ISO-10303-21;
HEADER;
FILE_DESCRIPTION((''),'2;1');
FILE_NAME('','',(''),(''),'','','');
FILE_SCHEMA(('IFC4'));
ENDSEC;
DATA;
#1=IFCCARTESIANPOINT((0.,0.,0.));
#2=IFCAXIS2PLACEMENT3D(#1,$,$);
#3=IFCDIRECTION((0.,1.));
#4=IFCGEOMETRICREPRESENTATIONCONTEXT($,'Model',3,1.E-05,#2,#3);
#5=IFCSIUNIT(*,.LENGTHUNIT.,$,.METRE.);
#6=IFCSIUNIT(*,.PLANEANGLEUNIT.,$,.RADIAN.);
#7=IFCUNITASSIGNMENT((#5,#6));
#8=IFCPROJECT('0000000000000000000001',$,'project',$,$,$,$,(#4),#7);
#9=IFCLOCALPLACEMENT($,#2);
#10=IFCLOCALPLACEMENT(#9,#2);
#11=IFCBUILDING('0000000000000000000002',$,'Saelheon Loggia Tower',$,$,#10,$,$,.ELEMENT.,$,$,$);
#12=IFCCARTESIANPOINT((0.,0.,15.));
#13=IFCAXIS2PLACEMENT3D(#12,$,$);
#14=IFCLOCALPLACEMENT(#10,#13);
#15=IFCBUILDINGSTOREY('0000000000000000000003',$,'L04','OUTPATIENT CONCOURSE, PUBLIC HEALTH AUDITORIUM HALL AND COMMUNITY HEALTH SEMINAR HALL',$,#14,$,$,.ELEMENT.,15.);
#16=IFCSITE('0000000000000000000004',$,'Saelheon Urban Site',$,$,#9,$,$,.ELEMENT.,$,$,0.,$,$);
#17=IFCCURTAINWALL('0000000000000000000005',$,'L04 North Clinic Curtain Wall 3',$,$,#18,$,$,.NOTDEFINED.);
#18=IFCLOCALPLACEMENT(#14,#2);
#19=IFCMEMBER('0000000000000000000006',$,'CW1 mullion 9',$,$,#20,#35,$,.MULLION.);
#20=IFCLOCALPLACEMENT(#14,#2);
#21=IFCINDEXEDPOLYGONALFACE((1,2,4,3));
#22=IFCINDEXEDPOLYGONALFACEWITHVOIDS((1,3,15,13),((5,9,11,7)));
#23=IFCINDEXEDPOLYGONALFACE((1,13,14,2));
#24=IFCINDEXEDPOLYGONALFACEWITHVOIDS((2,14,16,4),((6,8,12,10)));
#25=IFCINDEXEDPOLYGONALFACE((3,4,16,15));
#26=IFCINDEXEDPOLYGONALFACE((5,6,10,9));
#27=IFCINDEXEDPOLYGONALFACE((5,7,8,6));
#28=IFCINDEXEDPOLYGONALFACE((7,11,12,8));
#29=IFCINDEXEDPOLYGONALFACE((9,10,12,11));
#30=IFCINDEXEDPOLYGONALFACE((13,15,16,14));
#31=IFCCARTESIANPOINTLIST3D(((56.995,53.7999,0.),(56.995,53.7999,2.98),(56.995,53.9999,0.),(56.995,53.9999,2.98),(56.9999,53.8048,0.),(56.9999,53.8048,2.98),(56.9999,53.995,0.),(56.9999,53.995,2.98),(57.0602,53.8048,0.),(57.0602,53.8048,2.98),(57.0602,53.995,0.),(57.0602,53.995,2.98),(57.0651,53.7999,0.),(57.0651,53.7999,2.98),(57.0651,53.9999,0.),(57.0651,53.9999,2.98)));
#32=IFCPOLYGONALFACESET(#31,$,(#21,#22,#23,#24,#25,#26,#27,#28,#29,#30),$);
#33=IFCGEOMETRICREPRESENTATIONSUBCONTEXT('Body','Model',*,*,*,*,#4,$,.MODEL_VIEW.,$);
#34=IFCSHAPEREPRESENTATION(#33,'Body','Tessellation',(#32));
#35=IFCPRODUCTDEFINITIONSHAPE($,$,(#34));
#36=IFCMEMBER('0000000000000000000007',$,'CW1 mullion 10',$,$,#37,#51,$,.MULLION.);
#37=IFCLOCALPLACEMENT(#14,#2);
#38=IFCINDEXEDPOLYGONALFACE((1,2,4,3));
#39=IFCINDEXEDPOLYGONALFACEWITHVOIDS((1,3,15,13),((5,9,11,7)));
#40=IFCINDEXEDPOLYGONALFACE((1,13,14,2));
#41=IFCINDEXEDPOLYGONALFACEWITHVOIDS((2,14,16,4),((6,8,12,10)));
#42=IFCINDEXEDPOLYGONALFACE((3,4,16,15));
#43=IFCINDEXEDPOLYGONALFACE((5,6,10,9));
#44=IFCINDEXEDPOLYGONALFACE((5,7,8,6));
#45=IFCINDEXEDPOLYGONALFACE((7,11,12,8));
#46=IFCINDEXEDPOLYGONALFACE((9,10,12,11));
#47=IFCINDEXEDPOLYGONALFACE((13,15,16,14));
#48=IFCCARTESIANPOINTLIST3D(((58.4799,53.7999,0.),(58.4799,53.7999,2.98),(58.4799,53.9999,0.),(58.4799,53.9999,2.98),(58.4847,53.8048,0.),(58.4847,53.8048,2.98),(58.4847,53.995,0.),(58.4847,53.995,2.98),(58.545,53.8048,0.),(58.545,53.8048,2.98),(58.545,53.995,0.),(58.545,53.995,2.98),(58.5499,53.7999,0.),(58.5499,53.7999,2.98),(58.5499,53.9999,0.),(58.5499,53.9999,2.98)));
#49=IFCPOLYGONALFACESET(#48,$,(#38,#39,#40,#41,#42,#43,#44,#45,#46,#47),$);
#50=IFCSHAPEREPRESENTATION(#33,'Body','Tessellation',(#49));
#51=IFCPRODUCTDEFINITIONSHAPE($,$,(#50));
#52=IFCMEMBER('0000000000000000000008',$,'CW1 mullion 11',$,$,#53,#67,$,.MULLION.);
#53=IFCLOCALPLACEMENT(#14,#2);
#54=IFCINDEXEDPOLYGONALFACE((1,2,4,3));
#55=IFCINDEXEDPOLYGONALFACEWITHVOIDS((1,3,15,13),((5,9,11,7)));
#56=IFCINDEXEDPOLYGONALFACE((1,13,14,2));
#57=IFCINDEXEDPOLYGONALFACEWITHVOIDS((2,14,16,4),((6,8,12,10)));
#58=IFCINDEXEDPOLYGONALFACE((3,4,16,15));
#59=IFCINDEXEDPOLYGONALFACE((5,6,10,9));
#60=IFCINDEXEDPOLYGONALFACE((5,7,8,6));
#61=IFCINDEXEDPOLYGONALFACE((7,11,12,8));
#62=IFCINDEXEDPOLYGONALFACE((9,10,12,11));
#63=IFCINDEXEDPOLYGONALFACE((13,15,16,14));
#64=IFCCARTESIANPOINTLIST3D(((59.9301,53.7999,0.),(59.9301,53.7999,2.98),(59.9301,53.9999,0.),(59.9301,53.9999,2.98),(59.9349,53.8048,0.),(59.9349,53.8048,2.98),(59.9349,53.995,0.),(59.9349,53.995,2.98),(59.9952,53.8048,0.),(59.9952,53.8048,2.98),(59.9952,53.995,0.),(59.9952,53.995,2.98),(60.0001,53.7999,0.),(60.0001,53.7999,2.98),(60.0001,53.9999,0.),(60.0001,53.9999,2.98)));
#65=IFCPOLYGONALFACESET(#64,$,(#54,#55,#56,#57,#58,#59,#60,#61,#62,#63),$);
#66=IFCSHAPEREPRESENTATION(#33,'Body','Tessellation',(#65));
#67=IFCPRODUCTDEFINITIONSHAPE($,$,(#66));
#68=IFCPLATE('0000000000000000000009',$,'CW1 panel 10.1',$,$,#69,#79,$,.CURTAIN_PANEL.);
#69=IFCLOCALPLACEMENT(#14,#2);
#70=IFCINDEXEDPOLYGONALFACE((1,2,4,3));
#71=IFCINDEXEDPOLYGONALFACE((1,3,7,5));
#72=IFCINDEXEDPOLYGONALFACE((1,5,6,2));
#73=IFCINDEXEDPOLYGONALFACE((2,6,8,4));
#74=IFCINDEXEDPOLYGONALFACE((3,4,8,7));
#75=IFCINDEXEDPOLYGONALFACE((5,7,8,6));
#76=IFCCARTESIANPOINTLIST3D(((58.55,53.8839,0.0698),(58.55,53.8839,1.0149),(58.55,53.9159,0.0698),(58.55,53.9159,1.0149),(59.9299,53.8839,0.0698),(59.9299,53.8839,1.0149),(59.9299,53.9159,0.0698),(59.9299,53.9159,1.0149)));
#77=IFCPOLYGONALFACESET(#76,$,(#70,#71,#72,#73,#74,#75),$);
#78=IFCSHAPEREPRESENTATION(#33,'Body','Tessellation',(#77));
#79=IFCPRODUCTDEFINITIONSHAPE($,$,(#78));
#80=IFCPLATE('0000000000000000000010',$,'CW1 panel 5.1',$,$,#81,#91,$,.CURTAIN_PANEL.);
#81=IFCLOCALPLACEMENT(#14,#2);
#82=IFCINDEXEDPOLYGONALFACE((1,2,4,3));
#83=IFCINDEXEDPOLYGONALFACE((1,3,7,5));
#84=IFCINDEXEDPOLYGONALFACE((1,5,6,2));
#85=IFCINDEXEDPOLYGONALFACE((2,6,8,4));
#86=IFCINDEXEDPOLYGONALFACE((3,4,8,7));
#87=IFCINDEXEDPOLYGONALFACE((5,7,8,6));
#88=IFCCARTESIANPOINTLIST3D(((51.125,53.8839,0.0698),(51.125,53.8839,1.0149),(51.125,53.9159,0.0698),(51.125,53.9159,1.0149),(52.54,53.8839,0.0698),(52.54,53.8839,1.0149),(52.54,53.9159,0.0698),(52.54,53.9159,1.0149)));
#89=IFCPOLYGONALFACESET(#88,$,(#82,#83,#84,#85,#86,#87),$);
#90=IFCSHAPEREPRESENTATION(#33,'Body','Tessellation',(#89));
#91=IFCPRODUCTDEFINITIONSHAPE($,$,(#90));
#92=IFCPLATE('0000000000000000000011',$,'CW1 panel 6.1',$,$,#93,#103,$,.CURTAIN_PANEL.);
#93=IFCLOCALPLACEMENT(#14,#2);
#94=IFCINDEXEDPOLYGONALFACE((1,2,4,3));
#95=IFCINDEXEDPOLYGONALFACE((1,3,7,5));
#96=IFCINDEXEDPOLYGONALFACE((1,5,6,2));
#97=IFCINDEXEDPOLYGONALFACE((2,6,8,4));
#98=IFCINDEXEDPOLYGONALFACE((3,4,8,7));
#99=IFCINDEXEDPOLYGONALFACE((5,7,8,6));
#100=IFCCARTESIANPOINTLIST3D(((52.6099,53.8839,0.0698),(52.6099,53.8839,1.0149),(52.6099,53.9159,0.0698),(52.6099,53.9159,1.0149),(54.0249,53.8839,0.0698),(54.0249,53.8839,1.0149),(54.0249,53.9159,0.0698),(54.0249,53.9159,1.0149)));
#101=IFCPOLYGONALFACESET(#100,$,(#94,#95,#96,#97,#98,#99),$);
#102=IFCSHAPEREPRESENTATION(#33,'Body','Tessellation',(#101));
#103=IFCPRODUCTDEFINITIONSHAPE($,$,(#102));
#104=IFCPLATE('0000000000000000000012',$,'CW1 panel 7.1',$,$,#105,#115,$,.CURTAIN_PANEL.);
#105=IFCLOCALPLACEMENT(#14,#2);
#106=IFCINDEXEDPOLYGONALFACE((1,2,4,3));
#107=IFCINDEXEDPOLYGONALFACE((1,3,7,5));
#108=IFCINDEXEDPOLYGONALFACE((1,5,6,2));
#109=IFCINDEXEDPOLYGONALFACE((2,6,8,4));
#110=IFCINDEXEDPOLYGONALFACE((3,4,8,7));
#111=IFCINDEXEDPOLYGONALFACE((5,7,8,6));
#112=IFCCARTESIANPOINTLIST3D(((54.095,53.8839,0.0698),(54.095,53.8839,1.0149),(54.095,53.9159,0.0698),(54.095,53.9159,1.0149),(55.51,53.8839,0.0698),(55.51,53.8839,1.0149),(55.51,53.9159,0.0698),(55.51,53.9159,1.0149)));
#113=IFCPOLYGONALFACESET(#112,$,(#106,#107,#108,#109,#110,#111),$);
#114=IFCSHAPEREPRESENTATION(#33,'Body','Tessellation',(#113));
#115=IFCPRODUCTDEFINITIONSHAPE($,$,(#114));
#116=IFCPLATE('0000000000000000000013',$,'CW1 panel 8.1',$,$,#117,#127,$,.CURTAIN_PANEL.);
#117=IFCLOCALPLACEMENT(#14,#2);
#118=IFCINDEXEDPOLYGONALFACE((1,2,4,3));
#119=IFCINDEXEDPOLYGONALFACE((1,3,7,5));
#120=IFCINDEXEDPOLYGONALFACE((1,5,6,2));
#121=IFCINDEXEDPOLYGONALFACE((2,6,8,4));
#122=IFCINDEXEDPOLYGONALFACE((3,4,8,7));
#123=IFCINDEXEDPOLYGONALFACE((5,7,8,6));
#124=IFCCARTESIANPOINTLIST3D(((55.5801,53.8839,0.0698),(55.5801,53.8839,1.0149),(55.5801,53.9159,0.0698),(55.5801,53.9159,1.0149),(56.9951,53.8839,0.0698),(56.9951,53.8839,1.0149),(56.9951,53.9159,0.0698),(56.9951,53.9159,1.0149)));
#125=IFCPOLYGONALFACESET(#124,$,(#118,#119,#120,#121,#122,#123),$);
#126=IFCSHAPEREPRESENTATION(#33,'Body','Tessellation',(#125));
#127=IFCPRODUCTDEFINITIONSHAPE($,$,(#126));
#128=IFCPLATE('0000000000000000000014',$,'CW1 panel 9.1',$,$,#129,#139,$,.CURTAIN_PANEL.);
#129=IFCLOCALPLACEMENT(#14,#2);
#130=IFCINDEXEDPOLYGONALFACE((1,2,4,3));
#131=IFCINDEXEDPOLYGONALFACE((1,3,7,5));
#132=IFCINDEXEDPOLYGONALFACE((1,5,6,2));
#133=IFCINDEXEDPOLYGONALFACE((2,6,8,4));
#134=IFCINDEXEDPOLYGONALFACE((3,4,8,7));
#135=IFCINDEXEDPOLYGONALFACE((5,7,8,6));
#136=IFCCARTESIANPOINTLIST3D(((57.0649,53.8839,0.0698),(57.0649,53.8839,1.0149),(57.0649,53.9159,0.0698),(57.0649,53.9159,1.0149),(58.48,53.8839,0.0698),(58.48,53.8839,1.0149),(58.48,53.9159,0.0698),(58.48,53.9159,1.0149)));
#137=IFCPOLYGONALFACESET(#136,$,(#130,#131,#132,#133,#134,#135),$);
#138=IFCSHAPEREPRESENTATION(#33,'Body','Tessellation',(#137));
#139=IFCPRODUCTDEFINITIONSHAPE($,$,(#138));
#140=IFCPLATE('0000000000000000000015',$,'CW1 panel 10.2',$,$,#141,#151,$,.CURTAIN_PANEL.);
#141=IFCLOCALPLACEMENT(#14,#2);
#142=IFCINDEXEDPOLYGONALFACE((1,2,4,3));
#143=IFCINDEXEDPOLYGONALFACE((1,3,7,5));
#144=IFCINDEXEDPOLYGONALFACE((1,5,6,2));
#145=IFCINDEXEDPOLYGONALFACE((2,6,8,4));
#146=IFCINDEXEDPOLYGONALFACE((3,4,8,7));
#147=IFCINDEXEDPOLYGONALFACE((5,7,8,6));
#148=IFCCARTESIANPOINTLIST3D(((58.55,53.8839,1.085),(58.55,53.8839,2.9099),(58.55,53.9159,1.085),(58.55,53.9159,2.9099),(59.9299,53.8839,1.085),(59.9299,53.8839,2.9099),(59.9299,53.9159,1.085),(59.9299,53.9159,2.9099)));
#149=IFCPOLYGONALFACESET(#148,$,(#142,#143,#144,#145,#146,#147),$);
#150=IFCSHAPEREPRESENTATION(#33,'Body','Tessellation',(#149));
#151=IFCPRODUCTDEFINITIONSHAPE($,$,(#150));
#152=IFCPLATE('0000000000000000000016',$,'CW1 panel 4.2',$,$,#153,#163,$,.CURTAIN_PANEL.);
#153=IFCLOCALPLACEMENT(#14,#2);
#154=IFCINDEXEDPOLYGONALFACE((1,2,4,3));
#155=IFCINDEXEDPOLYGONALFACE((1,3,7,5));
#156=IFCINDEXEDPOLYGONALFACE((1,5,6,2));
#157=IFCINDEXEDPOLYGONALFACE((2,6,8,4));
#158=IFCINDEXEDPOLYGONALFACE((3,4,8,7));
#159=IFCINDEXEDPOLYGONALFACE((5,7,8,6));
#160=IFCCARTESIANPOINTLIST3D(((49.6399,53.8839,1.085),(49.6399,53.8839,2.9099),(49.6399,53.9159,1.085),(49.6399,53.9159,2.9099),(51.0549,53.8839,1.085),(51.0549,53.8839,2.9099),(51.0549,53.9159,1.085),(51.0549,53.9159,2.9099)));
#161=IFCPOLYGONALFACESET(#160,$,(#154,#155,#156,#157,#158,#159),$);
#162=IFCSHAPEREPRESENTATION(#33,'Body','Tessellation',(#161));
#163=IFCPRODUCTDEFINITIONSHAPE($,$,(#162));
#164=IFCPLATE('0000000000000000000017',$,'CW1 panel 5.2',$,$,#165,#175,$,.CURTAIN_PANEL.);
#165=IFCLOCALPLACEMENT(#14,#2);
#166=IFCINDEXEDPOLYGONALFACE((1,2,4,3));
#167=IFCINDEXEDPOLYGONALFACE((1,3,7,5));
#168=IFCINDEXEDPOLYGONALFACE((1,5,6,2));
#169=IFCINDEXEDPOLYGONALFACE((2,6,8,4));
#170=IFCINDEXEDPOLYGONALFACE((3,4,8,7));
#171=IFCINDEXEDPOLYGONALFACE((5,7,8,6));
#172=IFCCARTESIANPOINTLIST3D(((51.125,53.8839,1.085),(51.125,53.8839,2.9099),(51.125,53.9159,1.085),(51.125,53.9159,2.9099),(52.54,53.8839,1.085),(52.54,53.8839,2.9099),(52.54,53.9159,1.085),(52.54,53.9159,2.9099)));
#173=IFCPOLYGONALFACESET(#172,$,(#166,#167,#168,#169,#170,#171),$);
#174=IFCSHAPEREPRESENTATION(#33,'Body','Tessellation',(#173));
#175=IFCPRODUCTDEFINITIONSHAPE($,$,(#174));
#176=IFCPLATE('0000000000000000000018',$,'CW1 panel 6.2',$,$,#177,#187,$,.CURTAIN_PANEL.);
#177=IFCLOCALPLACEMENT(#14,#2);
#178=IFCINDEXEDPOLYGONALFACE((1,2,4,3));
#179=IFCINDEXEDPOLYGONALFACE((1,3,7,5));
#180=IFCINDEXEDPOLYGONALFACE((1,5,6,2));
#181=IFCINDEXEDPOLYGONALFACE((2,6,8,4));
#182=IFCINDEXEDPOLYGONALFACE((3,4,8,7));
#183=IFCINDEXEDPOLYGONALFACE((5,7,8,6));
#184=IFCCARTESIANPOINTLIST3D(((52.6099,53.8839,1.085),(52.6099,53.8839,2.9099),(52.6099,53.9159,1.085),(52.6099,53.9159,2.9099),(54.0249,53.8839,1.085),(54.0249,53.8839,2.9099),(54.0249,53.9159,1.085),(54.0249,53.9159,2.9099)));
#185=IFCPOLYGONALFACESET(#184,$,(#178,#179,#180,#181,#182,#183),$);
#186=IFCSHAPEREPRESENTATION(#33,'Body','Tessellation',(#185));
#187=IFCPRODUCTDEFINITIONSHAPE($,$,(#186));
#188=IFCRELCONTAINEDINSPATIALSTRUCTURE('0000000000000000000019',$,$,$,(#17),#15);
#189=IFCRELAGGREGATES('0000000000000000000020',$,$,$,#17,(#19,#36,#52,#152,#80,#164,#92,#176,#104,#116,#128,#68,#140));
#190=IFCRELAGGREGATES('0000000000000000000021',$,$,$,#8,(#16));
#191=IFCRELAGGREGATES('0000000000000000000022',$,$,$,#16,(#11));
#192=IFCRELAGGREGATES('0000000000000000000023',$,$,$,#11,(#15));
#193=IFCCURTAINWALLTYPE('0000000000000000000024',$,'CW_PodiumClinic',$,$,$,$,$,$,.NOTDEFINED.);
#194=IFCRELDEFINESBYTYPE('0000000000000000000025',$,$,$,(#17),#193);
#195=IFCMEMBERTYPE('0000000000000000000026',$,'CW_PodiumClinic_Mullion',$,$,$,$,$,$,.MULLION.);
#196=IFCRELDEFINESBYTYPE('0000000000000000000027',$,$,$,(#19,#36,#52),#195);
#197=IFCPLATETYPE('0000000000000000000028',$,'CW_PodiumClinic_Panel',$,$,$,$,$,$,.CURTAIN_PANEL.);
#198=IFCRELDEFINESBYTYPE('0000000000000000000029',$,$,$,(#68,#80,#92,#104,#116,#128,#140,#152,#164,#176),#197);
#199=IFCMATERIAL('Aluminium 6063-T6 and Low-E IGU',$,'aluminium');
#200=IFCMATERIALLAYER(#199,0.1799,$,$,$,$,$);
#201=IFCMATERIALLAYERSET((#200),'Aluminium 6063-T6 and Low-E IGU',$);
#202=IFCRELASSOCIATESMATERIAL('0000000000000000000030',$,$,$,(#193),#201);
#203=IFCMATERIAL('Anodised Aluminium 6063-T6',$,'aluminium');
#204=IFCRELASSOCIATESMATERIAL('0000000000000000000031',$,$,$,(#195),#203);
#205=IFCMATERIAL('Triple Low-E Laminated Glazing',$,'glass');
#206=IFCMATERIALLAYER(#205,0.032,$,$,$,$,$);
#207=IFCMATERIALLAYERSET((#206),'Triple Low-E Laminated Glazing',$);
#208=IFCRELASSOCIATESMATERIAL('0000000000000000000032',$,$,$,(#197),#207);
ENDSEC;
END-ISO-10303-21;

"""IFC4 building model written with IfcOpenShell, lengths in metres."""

from ifc_helpers import new_model, si_unit, direction, frame, origin, origin_2d, place, context, subcontext, project, spatial, rectangle, hollow_rectangle, extrude, source, transform, mapped, material, layer, layer_set, material_profile, profile_set, type_object, element, aggregate, save


model = new_model("IFC4")

# Units and contexts
model_context = context("Model", 3, precision=1e-05, world=origin(), true_north=direction((0.0, 1.0)))
body_context = subcontext(model_context, "Body", "Model", "MODEL_VIEW")
ifc_project = project(units=[si_unit("LENGTHUNIT", "METRE"), si_unit("PLANEANGLEUNIT", "RADIAN")], contexts=[model_context])

# Site, building, storey
site_placement = place(None, origin())
site = spatial("IfcSite", under=ifc_project, at=site_placement, Name="Saelheon Urban Site", CompositionType="ELEMENT", RefElevation=0.0)
building_placement = place(site_placement, origin())
building = spatial("IfcBuilding", under=site, at=building_placement, Name="Saelheon Loggia Tower", CompositionType="ELEMENT")
storey_placement = place(building_placement, frame((0.0, 0.0, 15.0)))
storey = spatial("IfcBuildingStorey", under=building, at=storey_placement, Name="L04", Description="OUTPATIENT CONCOURSE, PUBLIC HEALTH AUDITORIUM HALL AND COMMUNITY HEALTH SEMINAR HALL", CompositionType="ELEMENT", Elevation=15.0)

# Curtain wall, members, plates
ifc_material_1 = material(Name="Aluminium 6063-T6 and Low-E IGU", Category="aluminium")
ifc_layer_1 = layer(ifc_material_1, 0.1799)
ifc_layer_set_1 = layer_set([ifc_layer_1], Name="Aluminium 6063-T6 and Low-E IGU")
curtain_wall_type = type_object("IfcCurtainWallType", Name="CW_PodiumClinic", PredefinedType="NOTDEFINED", material=ifc_layer_set_1)
curtain_wall_placement = place(storey_placement, origin())
curtain_wall = element("IfcCurtainWall", 1, at=curtain_wall_placement, inside=storey, type_object=curtain_wall_type, Name="L04 North Clinic Curtain Wall 3", PredefinedType="NOTDEFINED")
ifc_material_2 = material(Name="Anodised Aluminium 6063-T6", Category="aluminium")
ifc_material_profile_1 = material_profile(ifc_material_2, hollow_rectangle(XDim=0.0701, YDim=0.2, WallThickness=0.0049, at=origin_2d()), Name="RHS-200x70x5")
ifc_profile_set_1 = profile_set([ifc_material_profile_1], Name="Anodised Aluminium 6063-T6")
member_type_1 = type_object("IfcMemberType", Name="CW_PodiumClinic_Mullion", PredefinedType="MULLION", material=ifc_profile_set_1)
shared_shape_1 = source(origin(), body_context, "Body", "SweptSolid", [
    extrude(hollow_rectangle(XDim=0.0701, YDim=0.2, WallThickness=0.0049, at=origin_2d()), origin(), (0.0, 0.0, 1.0), 2.98),
])
member_1_placement = place(storey_placement, frame((57.03, 53.8999, 0.0), z_axis=(0.0, 0.0, 1.0), x_axis=(1.0, 0.0, 0.0)))
member_1 = element("IfcMember", 2, at=member_1_placement, type_object=member_type_1, Name="CW1 mullion 9", PredefinedType="MULLION", context=body_context, shape_type="MappedRepresentation", body=[
    mapped(shared_shape_1, transform((0.0, 0.0, 0.0), scale=1.0)),
])
member_2_placement = place(storey_placement, frame((58.5149, 53.8999, 0.0), z_axis=(0.0, 0.0, 1.0), x_axis=(1.0, 0.0, 0.0)))
member_2 = element("IfcMember", 3, at=member_2_placement, type_object=member_type_1, Name="CW1 mullion 10", PredefinedType="MULLION", context=body_context, shape_type="MappedRepresentation", body=[
    mapped(shared_shape_1, transform((0.0, 0.0, 0.0), scale=1.0)),
])
member_3_placement = place(storey_placement, frame((59.9651, 53.8999, 0.0), z_axis=(0.0, 0.0, 1.0), x_axis=(1.0, 0.0, 0.0)))
member_3 = element("IfcMember", 4, at=member_3_placement, type_object=member_type_1, Name="CW1 mullion 11", PredefinedType="MULLION", context=body_context, shape_type="MappedRepresentation", body=[
    mapped(shared_shape_1, transform((0.0, 0.0, 0.0), scale=1.0)),
])
ifc_material_3 = material(Name="Triple Low-E Laminated Glazing", Category="glass")
ifc_layer_2 = layer(ifc_material_3, 0.032)
ifc_layer_set_2 = layer_set([ifc_layer_2], Name="Triple Low-E Laminated Glazing")
plate_type = type_object("IfcPlateType", Name="CW_PodiumClinic_Panel", PredefinedType="CURTAIN_PANEL", material=ifc_layer_set_2)
shared_shape_2 = source(origin(), body_context, "Body", "SweptSolid", [
    extrude(rectangle(XDim=1.3799, YDim=0.032, at=origin_2d()), origin(), (0.0, 0.0, 1.0), 0.9451),
])
plate_1_placement = place(storey_placement, frame((59.24, 53.8999, 0.0698), z_axis=(0.0, 0.0, 1.0), x_axis=(1.0, 0.0, 0.0)))
plate_1 = element("IfcPlate", 5, at=plate_1_placement, type_object=plate_type, Name="CW1 panel 10.1", PredefinedType="CURTAIN_PANEL", context=body_context, shape_type="MappedRepresentation", body=[
    mapped(shared_shape_2, transform((0.0, 0.0, 0.0), scale=1.0)),
])
shared_shape_3 = source(origin(), body_context, "Body", "SweptSolid", [
    extrude(rectangle(XDim=1.415, YDim=0.032, at=origin_2d()), origin(), (0.0, 0.0, 1.0), 0.9451),
])
plate_2_placement = place(storey_placement, frame((51.8325, 53.8999, 0.0698), z_axis=(0.0, 0.0, 1.0), x_axis=(1.0, 0.0, 0.0)))
plate_2 = element("IfcPlate", 6, at=plate_2_placement, type_object=plate_type, Name="CW1 panel 5.1", PredefinedType="CURTAIN_PANEL", context=body_context, shape_type="MappedRepresentation", body=[
    mapped(shared_shape_3, transform((0.0, 0.0, 0.0), scale=1.0)),
])
plate_3_placement = place(storey_placement, frame((53.3174, 53.8999, 0.0698), z_axis=(0.0, 0.0, 1.0), x_axis=(1.0, 0.0, 0.0)))
plate_3 = element("IfcPlate", 7, at=plate_3_placement, type_object=plate_type, Name="CW1 panel 6.1", PredefinedType="CURTAIN_PANEL", context=body_context, shape_type="MappedRepresentation", body=[
    mapped(shared_shape_3, transform((0.0, 0.0, 0.0), scale=1.0)),
])
plate_4_placement = place(storey_placement, frame((54.8025, 53.8999, 0.0698), z_axis=(0.0, 0.0, 1.0), x_axis=(1.0, 0.0, 0.0)))
plate_4 = element("IfcPlate", 8, at=plate_4_placement, type_object=plate_type, Name="CW1 panel 7.1", PredefinedType="CURTAIN_PANEL", context=body_context, shape_type="MappedRepresentation", body=[
    mapped(shared_shape_3, transform((0.0, 0.0, 0.0), scale=1.0)),
])
plate_5_placement = place(storey_placement, frame((56.2876, 53.8999, 0.0698), z_axis=(0.0, 0.0, 1.0), x_axis=(1.0, 0.0, 0.0)))
plate_5 = element("IfcPlate", 9, at=plate_5_placement, type_object=plate_type, Name="CW1 panel 8.1", PredefinedType="CURTAIN_PANEL", context=body_context, shape_type="MappedRepresentation", body=[
    mapped(shared_shape_3, transform((0.0, 0.0, 0.0), scale=1.0)),
])
plate_6_placement = place(storey_placement, frame((57.7725, 53.8999, 0.0698), z_axis=(0.0, 0.0, 1.0), x_axis=(1.0, 0.0, 0.0)))
plate_6 = element("IfcPlate", 10, at=plate_6_placement, type_object=plate_type, Name="CW1 panel 9.1", PredefinedType="CURTAIN_PANEL", context=body_context, shape_type="MappedRepresentation", body=[
    mapped(shared_shape_3, transform((0.0, 0.0, 0.0), scale=1.0)),
])
shared_shape_4 = source(origin(), body_context, "Body", "SweptSolid", [
    extrude(rectangle(XDim=1.3799, YDim=0.032, at=origin_2d()), origin(), (0.0, 0.0, 1.0), 1.825),
])
plate_7_placement = place(storey_placement, frame((59.24, 53.8999, 1.085), z_axis=(0.0, 0.0, 1.0), x_axis=(1.0, 0.0, 0.0)))
plate_7 = element("IfcPlate", 11, at=plate_7_placement, type_object=plate_type, Name="CW1 panel 10.2", PredefinedType="CURTAIN_PANEL", context=body_context, shape_type="MappedRepresentation", body=[
    mapped(shared_shape_4, transform((0.0, 0.0, 0.0), scale=1.0)),
])
shared_shape_5 = source(origin(), body_context, "Body", "SweptSolid", [
    extrude(rectangle(XDim=1.415, YDim=0.032, at=origin_2d()), origin(), (0.0, 0.0, 1.0), 1.825),
])
plate_8_placement = place(storey_placement, frame((50.3474, 53.8999, 1.085), z_axis=(0.0, 0.0, 1.0), x_axis=(1.0, 0.0, 0.0)))
plate_8 = element("IfcPlate", 12, at=plate_8_placement, type_object=plate_type, Name="CW1 panel 4.2", PredefinedType="CURTAIN_PANEL", context=body_context, shape_type="MappedRepresentation", body=[
    mapped(shared_shape_5, transform((0.0, 0.0, 0.0), scale=1.0)),
])
plate_9_placement = place(storey_placement, frame((51.8325, 53.8999, 1.085), z_axis=(0.0, 0.0, 1.0), x_axis=(1.0, 0.0, 0.0)))
plate_9 = element("IfcPlate", 13, at=plate_9_placement, type_object=plate_type, Name="CW1 panel 5.2", PredefinedType="CURTAIN_PANEL", context=body_context, shape_type="MappedRepresentation", body=[
    mapped(shared_shape_5, transform((0.0, 0.0, 0.0), scale=1.0)),
])
plate_10_placement = place(storey_placement, frame((53.3174, 53.8999, 1.085), z_axis=(0.0, 0.0, 1.0), x_axis=(1.0, 0.0, 0.0)))
plate_10 = element("IfcPlate", 14, at=plate_10_placement, type_object=plate_type, Name="CW1 panel 6.2", PredefinedType="CURTAIN_PANEL", context=body_context, shape_type="MappedRepresentation", body=[
    mapped(shared_shape_5, transform((0.0, 0.0, 0.0), scale=1.0)),
])
aggregate(curtain_wall, [member_1, member_2, member_3, plate_8, plate_2, plate_9, plate_3, plate_10, plate_4, plate_5, plate_6, plate_1, plate_7])

save(model, "model.ifc")
